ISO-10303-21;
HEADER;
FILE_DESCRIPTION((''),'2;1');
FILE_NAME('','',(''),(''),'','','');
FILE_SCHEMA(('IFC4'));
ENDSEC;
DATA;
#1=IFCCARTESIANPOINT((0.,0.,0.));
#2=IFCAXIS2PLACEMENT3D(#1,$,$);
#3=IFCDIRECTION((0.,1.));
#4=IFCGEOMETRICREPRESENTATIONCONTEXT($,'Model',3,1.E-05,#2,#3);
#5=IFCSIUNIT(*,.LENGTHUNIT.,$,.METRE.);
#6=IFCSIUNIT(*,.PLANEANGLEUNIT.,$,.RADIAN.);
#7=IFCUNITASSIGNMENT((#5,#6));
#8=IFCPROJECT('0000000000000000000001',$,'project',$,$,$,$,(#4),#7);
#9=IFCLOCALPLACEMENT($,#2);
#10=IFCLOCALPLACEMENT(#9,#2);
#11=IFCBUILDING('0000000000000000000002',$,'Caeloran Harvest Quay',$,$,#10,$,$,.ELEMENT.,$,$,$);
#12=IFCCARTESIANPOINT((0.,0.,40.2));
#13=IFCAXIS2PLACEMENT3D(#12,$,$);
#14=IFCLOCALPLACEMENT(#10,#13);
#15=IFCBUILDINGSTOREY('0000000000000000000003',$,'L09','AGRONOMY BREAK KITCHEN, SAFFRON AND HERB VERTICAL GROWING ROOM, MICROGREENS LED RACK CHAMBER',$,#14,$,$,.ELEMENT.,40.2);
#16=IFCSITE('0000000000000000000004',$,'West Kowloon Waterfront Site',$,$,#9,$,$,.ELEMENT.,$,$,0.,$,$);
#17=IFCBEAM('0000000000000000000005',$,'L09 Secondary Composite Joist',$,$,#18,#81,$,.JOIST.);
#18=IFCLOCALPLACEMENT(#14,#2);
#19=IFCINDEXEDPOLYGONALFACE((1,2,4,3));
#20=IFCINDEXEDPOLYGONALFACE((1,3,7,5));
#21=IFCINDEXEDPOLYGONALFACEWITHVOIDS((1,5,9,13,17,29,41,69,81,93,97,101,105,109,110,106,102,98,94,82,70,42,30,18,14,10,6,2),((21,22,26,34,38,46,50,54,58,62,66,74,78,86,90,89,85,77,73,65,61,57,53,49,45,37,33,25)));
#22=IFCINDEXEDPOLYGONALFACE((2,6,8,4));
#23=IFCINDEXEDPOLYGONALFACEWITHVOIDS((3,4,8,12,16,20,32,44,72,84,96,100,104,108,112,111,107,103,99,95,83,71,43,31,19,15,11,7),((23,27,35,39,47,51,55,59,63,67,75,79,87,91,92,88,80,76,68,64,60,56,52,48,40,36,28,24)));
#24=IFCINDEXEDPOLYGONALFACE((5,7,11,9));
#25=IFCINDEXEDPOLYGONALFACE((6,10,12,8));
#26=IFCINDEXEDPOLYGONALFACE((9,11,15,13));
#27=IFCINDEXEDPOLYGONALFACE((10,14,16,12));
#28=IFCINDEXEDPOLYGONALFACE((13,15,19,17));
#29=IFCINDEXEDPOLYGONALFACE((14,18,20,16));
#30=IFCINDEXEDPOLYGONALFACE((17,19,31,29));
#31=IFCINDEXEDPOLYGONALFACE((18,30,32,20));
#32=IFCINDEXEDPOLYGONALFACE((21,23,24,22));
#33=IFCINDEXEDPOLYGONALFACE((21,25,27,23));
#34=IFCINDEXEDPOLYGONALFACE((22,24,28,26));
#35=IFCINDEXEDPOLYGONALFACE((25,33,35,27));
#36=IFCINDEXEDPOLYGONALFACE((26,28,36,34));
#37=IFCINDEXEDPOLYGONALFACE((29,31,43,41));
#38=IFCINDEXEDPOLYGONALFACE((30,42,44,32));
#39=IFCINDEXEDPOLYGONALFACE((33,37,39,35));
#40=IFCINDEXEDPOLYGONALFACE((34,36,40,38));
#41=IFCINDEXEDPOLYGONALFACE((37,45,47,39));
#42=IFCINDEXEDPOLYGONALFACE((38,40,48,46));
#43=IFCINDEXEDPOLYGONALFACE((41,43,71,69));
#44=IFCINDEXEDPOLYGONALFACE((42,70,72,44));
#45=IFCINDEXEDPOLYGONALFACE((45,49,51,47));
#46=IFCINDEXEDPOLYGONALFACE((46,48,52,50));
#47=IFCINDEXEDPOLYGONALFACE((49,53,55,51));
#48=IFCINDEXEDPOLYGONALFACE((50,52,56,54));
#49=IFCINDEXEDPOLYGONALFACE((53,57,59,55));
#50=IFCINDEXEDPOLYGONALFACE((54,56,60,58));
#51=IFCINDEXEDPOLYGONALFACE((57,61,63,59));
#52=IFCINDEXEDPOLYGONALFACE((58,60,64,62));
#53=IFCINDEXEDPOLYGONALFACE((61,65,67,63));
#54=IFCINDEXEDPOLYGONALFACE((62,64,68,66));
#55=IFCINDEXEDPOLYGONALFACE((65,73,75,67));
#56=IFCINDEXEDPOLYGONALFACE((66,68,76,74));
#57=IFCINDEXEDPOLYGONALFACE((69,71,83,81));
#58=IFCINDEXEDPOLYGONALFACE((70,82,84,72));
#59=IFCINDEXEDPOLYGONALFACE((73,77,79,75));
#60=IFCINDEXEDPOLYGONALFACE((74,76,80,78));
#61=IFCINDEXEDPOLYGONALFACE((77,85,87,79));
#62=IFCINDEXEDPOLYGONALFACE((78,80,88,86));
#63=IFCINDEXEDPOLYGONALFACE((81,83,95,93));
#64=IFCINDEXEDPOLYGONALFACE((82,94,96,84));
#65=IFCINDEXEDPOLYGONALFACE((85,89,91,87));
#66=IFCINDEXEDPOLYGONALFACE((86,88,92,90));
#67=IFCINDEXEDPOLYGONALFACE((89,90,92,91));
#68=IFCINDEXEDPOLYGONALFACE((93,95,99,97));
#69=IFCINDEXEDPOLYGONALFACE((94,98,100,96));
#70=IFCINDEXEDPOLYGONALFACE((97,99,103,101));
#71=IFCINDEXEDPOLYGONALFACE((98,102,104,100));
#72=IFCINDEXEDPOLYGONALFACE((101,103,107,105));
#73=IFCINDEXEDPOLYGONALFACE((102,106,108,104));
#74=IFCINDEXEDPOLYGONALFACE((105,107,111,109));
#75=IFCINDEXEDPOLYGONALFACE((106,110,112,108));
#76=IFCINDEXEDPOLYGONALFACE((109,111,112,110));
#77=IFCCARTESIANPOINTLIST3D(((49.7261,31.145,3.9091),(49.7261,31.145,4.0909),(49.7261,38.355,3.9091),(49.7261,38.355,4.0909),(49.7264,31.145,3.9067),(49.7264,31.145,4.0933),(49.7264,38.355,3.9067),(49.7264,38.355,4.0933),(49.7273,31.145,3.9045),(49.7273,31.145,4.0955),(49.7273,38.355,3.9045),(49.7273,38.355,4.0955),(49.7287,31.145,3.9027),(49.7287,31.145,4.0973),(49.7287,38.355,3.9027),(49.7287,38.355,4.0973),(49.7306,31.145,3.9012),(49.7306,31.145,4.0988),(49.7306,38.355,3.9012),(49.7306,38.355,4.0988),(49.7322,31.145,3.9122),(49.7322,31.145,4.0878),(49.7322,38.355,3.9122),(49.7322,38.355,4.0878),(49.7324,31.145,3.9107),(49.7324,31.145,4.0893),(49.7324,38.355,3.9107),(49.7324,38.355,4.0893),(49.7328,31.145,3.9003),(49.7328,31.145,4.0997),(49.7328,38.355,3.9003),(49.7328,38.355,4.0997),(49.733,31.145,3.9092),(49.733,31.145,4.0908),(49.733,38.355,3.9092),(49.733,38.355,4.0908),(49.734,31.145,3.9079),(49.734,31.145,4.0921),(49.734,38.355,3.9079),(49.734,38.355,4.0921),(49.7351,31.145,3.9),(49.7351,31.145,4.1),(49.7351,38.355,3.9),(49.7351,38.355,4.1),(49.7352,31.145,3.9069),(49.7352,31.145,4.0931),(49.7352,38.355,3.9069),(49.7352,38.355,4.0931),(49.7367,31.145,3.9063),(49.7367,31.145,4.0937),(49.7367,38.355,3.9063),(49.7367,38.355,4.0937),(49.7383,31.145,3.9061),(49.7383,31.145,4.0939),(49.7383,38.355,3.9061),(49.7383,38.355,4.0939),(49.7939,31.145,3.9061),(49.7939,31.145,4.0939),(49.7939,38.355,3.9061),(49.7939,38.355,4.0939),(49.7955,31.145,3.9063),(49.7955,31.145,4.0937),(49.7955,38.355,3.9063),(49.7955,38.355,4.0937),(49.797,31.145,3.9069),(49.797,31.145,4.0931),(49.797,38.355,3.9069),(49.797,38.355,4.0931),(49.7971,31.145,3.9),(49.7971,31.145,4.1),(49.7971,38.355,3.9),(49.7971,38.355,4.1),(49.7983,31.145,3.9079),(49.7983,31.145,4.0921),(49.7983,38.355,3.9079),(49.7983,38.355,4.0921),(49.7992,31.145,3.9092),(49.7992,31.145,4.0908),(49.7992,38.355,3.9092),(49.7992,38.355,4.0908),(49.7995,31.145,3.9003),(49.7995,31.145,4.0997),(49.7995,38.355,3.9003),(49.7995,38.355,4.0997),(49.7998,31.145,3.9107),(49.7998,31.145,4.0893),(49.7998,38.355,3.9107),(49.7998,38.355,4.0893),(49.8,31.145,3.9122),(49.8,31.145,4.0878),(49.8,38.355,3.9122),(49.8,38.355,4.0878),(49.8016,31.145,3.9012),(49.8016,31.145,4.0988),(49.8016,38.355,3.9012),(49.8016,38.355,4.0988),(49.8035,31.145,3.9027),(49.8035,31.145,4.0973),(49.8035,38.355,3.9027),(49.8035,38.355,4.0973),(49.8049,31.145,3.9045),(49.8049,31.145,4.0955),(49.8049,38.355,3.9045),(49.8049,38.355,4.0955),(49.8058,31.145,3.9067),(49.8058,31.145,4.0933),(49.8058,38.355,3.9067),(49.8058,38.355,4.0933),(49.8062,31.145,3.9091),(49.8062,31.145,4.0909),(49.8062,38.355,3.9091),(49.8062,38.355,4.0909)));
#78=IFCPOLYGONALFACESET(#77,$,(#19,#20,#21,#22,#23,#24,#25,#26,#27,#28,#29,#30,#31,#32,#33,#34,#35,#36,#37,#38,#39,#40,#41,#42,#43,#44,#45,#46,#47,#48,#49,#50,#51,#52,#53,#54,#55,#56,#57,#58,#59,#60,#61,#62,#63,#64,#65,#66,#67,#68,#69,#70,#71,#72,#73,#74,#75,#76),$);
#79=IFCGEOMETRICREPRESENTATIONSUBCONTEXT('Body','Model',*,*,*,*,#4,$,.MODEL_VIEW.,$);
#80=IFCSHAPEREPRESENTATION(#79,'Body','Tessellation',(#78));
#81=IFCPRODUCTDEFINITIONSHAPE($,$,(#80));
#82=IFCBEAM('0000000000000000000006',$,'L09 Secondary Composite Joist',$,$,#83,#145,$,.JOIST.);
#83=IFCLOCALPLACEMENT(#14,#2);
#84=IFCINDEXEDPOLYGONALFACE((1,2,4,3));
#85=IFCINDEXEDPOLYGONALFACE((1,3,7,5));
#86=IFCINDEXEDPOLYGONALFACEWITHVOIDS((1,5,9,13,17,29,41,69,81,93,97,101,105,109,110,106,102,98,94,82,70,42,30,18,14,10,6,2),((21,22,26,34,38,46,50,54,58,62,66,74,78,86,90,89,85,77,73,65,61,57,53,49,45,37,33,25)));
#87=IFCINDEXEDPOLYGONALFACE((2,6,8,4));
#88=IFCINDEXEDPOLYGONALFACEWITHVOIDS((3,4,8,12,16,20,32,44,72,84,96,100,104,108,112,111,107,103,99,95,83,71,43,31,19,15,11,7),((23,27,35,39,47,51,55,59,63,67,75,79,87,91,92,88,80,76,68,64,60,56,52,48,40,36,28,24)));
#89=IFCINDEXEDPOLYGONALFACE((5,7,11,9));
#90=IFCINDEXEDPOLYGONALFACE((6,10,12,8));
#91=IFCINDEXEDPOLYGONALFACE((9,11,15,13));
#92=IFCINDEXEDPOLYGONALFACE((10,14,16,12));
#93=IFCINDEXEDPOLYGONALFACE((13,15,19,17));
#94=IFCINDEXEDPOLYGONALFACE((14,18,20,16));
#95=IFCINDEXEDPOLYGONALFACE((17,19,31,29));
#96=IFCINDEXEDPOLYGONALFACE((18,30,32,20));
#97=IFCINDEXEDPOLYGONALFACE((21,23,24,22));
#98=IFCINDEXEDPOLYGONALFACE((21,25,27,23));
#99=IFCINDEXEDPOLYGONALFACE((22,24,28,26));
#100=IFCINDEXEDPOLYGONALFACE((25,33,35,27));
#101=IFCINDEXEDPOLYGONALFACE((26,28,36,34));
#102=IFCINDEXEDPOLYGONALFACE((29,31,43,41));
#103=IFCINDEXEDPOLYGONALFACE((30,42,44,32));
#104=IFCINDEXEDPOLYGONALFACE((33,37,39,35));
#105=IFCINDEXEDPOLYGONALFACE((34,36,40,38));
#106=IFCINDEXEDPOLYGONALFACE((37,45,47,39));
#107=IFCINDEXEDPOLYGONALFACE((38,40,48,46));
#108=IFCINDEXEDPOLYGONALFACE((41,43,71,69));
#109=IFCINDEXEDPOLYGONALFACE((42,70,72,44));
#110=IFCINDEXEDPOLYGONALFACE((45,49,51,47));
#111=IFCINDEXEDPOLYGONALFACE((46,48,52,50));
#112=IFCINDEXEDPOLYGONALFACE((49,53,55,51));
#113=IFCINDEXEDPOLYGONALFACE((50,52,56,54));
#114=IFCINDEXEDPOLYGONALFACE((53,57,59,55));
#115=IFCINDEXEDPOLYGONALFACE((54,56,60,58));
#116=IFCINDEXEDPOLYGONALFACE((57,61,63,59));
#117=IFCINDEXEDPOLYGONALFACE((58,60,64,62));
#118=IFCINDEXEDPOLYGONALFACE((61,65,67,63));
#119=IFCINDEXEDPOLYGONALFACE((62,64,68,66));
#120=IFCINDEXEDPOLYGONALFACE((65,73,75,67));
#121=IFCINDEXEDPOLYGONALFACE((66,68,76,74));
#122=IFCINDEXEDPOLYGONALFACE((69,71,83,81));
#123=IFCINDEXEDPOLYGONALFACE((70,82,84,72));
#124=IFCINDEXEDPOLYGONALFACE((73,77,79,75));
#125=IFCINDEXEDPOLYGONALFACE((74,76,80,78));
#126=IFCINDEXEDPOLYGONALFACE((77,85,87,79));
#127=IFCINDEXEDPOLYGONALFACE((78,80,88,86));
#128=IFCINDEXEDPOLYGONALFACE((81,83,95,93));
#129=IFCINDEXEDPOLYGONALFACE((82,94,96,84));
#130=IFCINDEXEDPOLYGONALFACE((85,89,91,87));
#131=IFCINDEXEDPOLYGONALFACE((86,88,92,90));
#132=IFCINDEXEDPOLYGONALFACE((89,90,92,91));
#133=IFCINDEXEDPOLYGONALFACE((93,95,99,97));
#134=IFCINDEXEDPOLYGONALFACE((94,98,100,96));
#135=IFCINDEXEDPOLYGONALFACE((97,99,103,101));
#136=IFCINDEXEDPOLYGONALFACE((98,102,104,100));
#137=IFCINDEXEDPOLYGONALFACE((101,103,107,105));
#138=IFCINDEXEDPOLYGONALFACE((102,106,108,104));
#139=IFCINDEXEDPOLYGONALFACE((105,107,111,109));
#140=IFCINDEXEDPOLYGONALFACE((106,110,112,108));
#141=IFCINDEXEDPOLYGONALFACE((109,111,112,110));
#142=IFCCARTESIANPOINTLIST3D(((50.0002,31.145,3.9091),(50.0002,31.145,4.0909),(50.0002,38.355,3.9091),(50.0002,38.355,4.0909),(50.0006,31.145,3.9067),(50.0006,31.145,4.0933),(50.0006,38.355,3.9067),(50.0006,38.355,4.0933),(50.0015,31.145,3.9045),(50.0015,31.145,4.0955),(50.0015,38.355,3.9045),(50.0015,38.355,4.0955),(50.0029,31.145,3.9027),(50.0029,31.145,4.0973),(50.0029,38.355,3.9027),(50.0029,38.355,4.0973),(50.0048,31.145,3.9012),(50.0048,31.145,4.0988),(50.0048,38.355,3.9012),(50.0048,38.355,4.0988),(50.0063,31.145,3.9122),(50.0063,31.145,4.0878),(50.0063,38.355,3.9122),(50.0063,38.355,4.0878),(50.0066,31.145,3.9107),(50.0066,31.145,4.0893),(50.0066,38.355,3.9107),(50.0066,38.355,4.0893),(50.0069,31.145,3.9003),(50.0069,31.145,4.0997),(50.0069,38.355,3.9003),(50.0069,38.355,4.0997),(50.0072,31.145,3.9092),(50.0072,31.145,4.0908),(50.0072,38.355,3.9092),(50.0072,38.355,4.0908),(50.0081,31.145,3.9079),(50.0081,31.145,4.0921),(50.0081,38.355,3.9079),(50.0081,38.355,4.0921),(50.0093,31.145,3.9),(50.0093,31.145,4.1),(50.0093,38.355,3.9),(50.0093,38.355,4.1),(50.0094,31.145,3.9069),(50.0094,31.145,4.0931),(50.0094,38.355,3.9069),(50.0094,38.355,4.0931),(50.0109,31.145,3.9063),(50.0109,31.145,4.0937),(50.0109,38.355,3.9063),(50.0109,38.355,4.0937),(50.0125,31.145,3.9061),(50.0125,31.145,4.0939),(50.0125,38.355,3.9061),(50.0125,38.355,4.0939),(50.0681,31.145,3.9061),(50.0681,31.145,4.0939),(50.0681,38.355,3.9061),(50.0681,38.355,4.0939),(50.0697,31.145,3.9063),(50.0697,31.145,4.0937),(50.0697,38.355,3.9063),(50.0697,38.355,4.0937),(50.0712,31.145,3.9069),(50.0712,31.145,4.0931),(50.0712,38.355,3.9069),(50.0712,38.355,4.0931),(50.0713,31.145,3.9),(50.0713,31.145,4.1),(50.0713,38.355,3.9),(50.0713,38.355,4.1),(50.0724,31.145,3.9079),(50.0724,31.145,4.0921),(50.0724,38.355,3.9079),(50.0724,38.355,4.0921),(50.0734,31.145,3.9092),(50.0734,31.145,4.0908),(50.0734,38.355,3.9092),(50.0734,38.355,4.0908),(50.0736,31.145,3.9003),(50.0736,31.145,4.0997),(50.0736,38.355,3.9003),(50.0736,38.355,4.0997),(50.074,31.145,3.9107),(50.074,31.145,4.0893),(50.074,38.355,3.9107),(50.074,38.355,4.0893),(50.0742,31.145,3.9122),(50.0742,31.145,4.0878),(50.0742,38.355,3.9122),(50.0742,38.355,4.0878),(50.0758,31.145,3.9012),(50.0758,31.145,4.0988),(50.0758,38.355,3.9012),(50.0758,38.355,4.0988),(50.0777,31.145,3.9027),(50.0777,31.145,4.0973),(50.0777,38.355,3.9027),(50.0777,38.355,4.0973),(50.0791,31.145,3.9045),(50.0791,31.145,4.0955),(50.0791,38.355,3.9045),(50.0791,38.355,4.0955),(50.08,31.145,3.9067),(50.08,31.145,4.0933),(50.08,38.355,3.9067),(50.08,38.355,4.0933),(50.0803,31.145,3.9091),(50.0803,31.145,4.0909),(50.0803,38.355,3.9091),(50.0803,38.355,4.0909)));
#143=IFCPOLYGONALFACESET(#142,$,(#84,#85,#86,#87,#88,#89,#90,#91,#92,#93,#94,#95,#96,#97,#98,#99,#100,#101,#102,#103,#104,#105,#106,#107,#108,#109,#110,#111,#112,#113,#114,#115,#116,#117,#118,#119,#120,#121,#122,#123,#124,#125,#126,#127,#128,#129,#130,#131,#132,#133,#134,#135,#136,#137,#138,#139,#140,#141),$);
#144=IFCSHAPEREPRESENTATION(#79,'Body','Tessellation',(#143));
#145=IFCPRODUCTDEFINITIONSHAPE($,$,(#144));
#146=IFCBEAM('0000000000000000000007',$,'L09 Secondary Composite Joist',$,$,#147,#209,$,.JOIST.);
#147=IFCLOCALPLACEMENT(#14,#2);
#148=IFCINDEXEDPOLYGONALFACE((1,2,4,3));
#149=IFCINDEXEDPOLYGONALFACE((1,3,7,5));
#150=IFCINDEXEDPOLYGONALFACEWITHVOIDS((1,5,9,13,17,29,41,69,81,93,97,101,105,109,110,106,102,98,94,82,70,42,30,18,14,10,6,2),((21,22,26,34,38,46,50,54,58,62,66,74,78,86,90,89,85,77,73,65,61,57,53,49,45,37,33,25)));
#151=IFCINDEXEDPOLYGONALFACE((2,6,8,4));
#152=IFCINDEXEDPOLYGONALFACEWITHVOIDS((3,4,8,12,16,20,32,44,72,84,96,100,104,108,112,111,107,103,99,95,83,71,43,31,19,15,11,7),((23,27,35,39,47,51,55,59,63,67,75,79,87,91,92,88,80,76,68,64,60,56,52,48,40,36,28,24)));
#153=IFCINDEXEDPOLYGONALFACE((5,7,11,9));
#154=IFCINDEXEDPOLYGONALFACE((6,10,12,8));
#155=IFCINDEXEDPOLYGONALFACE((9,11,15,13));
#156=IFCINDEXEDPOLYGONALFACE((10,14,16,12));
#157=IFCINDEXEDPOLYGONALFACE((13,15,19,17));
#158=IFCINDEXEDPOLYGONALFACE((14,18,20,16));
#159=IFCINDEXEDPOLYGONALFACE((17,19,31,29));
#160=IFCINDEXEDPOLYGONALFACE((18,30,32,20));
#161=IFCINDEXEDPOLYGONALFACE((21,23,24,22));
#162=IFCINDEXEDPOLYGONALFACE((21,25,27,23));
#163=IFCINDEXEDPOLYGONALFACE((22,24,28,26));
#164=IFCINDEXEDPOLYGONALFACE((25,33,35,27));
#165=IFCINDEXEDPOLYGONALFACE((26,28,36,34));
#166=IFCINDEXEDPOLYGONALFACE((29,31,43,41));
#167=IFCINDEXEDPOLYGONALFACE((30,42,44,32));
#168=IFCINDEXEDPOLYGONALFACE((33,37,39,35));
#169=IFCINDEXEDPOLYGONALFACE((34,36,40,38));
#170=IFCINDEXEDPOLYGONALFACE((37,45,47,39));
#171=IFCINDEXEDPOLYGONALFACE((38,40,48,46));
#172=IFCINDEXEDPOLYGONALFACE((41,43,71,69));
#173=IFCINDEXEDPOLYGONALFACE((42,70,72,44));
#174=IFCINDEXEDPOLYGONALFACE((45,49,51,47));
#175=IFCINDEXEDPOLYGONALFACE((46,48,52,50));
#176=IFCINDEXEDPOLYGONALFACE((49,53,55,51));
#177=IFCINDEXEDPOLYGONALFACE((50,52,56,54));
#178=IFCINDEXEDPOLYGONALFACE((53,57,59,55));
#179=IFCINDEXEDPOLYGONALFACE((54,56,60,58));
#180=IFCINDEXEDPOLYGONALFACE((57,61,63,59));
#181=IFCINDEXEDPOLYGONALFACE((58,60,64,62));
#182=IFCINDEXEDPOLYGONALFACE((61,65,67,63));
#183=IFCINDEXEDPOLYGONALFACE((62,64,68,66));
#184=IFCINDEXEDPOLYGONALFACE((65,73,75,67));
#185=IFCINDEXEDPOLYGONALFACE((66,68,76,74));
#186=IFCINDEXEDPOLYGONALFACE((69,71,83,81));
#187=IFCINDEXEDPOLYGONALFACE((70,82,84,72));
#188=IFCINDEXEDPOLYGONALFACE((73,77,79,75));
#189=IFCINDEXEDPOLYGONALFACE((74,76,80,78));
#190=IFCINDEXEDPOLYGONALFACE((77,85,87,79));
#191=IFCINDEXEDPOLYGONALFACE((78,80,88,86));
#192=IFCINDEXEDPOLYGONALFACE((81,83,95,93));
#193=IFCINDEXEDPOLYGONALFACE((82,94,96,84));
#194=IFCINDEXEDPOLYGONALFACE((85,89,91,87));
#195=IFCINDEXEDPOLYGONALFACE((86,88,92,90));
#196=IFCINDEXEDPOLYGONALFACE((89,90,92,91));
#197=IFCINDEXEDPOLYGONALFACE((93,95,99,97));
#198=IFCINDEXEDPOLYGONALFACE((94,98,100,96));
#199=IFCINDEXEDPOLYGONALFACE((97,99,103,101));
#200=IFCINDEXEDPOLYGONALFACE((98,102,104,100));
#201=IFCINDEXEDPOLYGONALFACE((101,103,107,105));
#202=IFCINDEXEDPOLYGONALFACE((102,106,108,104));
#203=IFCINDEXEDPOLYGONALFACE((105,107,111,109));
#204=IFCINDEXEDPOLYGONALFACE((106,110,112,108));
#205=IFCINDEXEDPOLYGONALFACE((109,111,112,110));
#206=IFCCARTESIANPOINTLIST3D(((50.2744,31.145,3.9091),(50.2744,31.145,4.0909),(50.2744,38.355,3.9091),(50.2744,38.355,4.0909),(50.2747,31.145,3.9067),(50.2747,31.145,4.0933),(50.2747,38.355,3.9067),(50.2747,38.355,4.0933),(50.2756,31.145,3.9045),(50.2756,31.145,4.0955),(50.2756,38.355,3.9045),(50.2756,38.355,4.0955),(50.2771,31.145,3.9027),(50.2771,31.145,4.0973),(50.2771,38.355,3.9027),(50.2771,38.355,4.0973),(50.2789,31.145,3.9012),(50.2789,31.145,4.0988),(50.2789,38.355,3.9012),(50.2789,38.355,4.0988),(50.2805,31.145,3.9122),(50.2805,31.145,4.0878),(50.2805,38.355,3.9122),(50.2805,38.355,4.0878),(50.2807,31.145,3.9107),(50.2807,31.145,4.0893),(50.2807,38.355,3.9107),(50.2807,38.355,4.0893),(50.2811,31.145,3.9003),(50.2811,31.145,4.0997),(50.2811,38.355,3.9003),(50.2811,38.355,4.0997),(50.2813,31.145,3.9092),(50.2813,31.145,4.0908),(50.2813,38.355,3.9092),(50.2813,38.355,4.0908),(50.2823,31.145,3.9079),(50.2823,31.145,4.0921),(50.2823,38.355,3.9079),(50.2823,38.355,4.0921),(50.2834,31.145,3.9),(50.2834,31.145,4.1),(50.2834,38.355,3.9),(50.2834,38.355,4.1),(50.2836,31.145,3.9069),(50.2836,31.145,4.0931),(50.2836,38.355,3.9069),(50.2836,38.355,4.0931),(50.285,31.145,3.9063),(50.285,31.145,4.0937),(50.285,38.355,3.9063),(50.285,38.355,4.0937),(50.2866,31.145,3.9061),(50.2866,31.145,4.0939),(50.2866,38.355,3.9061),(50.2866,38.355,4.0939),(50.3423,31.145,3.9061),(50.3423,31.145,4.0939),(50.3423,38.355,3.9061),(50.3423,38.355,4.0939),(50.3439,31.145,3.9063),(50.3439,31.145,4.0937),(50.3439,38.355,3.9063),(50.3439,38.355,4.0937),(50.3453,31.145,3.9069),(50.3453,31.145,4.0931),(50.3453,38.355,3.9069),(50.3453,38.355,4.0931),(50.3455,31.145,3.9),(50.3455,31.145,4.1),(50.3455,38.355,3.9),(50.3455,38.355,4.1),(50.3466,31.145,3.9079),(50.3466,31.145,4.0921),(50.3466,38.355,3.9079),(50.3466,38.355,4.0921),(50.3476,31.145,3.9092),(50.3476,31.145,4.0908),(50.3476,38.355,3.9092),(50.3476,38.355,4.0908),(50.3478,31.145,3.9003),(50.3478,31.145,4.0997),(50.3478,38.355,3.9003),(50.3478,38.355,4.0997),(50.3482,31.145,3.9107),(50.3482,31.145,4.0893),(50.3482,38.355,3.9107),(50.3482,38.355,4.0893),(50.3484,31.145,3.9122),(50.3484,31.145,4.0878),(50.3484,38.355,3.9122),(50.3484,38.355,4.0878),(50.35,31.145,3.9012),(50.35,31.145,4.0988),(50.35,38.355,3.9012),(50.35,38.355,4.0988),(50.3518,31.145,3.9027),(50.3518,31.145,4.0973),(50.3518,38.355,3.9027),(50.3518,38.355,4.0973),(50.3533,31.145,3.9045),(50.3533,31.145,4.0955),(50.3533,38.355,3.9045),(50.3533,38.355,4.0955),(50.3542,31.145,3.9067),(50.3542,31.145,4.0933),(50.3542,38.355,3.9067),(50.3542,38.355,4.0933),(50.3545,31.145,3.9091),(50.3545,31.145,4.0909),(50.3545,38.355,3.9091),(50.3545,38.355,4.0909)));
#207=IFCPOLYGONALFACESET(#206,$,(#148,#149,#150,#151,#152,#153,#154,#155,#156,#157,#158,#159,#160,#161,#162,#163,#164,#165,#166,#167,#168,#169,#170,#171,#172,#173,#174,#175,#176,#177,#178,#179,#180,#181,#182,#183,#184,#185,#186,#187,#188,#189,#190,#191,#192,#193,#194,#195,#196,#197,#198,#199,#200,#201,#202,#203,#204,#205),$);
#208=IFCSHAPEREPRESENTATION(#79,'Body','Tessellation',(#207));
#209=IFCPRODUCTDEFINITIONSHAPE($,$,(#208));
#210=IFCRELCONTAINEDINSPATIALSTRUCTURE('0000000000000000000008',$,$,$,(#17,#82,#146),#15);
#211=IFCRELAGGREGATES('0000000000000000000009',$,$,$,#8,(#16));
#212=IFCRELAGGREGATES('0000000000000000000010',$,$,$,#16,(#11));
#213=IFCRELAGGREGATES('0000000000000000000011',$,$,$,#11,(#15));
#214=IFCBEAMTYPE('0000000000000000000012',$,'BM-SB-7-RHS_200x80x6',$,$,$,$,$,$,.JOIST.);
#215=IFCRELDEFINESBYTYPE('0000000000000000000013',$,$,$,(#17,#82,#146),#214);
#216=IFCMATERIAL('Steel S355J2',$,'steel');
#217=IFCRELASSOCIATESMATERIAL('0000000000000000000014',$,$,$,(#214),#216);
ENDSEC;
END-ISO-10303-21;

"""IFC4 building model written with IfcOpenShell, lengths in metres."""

from ifc_helpers import new_model, si_unit, direction, frame, origin, origin_2d, place, context, subcontext, project, spatial, hollow_rectangle, extrude, material, material_profile, profile_set, type_object, element, save


model = new_model("IFC4")

# Units and contexts
model_context = context("Model", 3, precision=1e-05, world=origin(), true_north=direction((0.0, 1.0)))
body_context = subcontext(model_context, "Body", "Model", "MODEL_VIEW")
ifc_project = project(units=[si_unit("LENGTHUNIT", "METRE"), si_unit("PLANEANGLEUNIT", "RADIAN")], contexts=[model_context])

# Site, building, storey
site_placement = place(None, origin())
site = spatial("IfcSite", under=ifc_project, at=site_placement, Name="West Kowloon Waterfront Site", CompositionType="ELEMENT", RefElevation=0.0)
building_placement = place(site_placement, origin())
building = spatial("IfcBuilding", under=site, at=building_placement, Name="Caeloran Harvest Quay", CompositionType="ELEMENT")
storey_placement = place(building_placement, frame((0.0, 0.0, 40.2)))
storey = spatial("IfcBuildingStorey", under=building, at=storey_placement, Name="L09", Description="AGRONOMY BREAK KITCHEN, SAFFRON AND HERB VERTICAL GROWING ROOM, MICROGREENS LED RACK CHAMBER", CompositionType="ELEMENT", Elevation=40.2)

# Beams
ifc_material_1 = material(Name="Steel S355J2", Category="steel")
ifc_material_profile_1 = material_profile(ifc_material_1, hollow_rectangle(XDim=0.0801, YDim=0.2, WallThickness=0.0061, InnerFilletRadius=0.0061, OuterFilletRadius=0.009, at=origin_2d()), Name="RHS 200x80x6")
ifc_profile_set_1 = profile_set([ifc_material_profile_1], Name="Steel S355J2")
beam_type_1 = type_object("IfcBeamType", Name="BM-SB-7-RHS_200x80x6", PredefinedType="JOIST", material=ifc_profile_set_1)
for number, where, z_axis, x_axis, name in (
    (1, (49.7661, 31.145, 4.0), (0.0, 1.0, 0.0), (-1.0, 0.0, 0.0), "L09 Secondary Composite Joist"),
    (2, (50.0403, 31.145, 4.0), (0.0, 1.0, 0.0), (-1.0, 0.0, 0.0), "L09 Secondary Composite Joist"),
    (3, (50.3145, 31.145, 4.0), (0.0, 1.0, 0.0), (-1.0, 0.0, 0.0), "L09 Secondary Composite Joist"),
):
    element("IfcBeam", number, at=place(storey_placement, frame(where, z_axis=z_axis, x_axis=x_axis)), inside=storey, type_object=beam_type_1, Name=name, PredefinedType="JOIST", context=body_context, shape_type="SweptSolid", body=[
        extrude(hollow_rectangle(XDim=0.0801, YDim=0.2, WallThickness=0.0061, InnerFilletRadius=0.0061, OuterFilletRadius=0.009, at=origin_2d()), origin(), (0.0, 0.0, 1.0), 7.21),
    ])

save(model, "model.ifc")
